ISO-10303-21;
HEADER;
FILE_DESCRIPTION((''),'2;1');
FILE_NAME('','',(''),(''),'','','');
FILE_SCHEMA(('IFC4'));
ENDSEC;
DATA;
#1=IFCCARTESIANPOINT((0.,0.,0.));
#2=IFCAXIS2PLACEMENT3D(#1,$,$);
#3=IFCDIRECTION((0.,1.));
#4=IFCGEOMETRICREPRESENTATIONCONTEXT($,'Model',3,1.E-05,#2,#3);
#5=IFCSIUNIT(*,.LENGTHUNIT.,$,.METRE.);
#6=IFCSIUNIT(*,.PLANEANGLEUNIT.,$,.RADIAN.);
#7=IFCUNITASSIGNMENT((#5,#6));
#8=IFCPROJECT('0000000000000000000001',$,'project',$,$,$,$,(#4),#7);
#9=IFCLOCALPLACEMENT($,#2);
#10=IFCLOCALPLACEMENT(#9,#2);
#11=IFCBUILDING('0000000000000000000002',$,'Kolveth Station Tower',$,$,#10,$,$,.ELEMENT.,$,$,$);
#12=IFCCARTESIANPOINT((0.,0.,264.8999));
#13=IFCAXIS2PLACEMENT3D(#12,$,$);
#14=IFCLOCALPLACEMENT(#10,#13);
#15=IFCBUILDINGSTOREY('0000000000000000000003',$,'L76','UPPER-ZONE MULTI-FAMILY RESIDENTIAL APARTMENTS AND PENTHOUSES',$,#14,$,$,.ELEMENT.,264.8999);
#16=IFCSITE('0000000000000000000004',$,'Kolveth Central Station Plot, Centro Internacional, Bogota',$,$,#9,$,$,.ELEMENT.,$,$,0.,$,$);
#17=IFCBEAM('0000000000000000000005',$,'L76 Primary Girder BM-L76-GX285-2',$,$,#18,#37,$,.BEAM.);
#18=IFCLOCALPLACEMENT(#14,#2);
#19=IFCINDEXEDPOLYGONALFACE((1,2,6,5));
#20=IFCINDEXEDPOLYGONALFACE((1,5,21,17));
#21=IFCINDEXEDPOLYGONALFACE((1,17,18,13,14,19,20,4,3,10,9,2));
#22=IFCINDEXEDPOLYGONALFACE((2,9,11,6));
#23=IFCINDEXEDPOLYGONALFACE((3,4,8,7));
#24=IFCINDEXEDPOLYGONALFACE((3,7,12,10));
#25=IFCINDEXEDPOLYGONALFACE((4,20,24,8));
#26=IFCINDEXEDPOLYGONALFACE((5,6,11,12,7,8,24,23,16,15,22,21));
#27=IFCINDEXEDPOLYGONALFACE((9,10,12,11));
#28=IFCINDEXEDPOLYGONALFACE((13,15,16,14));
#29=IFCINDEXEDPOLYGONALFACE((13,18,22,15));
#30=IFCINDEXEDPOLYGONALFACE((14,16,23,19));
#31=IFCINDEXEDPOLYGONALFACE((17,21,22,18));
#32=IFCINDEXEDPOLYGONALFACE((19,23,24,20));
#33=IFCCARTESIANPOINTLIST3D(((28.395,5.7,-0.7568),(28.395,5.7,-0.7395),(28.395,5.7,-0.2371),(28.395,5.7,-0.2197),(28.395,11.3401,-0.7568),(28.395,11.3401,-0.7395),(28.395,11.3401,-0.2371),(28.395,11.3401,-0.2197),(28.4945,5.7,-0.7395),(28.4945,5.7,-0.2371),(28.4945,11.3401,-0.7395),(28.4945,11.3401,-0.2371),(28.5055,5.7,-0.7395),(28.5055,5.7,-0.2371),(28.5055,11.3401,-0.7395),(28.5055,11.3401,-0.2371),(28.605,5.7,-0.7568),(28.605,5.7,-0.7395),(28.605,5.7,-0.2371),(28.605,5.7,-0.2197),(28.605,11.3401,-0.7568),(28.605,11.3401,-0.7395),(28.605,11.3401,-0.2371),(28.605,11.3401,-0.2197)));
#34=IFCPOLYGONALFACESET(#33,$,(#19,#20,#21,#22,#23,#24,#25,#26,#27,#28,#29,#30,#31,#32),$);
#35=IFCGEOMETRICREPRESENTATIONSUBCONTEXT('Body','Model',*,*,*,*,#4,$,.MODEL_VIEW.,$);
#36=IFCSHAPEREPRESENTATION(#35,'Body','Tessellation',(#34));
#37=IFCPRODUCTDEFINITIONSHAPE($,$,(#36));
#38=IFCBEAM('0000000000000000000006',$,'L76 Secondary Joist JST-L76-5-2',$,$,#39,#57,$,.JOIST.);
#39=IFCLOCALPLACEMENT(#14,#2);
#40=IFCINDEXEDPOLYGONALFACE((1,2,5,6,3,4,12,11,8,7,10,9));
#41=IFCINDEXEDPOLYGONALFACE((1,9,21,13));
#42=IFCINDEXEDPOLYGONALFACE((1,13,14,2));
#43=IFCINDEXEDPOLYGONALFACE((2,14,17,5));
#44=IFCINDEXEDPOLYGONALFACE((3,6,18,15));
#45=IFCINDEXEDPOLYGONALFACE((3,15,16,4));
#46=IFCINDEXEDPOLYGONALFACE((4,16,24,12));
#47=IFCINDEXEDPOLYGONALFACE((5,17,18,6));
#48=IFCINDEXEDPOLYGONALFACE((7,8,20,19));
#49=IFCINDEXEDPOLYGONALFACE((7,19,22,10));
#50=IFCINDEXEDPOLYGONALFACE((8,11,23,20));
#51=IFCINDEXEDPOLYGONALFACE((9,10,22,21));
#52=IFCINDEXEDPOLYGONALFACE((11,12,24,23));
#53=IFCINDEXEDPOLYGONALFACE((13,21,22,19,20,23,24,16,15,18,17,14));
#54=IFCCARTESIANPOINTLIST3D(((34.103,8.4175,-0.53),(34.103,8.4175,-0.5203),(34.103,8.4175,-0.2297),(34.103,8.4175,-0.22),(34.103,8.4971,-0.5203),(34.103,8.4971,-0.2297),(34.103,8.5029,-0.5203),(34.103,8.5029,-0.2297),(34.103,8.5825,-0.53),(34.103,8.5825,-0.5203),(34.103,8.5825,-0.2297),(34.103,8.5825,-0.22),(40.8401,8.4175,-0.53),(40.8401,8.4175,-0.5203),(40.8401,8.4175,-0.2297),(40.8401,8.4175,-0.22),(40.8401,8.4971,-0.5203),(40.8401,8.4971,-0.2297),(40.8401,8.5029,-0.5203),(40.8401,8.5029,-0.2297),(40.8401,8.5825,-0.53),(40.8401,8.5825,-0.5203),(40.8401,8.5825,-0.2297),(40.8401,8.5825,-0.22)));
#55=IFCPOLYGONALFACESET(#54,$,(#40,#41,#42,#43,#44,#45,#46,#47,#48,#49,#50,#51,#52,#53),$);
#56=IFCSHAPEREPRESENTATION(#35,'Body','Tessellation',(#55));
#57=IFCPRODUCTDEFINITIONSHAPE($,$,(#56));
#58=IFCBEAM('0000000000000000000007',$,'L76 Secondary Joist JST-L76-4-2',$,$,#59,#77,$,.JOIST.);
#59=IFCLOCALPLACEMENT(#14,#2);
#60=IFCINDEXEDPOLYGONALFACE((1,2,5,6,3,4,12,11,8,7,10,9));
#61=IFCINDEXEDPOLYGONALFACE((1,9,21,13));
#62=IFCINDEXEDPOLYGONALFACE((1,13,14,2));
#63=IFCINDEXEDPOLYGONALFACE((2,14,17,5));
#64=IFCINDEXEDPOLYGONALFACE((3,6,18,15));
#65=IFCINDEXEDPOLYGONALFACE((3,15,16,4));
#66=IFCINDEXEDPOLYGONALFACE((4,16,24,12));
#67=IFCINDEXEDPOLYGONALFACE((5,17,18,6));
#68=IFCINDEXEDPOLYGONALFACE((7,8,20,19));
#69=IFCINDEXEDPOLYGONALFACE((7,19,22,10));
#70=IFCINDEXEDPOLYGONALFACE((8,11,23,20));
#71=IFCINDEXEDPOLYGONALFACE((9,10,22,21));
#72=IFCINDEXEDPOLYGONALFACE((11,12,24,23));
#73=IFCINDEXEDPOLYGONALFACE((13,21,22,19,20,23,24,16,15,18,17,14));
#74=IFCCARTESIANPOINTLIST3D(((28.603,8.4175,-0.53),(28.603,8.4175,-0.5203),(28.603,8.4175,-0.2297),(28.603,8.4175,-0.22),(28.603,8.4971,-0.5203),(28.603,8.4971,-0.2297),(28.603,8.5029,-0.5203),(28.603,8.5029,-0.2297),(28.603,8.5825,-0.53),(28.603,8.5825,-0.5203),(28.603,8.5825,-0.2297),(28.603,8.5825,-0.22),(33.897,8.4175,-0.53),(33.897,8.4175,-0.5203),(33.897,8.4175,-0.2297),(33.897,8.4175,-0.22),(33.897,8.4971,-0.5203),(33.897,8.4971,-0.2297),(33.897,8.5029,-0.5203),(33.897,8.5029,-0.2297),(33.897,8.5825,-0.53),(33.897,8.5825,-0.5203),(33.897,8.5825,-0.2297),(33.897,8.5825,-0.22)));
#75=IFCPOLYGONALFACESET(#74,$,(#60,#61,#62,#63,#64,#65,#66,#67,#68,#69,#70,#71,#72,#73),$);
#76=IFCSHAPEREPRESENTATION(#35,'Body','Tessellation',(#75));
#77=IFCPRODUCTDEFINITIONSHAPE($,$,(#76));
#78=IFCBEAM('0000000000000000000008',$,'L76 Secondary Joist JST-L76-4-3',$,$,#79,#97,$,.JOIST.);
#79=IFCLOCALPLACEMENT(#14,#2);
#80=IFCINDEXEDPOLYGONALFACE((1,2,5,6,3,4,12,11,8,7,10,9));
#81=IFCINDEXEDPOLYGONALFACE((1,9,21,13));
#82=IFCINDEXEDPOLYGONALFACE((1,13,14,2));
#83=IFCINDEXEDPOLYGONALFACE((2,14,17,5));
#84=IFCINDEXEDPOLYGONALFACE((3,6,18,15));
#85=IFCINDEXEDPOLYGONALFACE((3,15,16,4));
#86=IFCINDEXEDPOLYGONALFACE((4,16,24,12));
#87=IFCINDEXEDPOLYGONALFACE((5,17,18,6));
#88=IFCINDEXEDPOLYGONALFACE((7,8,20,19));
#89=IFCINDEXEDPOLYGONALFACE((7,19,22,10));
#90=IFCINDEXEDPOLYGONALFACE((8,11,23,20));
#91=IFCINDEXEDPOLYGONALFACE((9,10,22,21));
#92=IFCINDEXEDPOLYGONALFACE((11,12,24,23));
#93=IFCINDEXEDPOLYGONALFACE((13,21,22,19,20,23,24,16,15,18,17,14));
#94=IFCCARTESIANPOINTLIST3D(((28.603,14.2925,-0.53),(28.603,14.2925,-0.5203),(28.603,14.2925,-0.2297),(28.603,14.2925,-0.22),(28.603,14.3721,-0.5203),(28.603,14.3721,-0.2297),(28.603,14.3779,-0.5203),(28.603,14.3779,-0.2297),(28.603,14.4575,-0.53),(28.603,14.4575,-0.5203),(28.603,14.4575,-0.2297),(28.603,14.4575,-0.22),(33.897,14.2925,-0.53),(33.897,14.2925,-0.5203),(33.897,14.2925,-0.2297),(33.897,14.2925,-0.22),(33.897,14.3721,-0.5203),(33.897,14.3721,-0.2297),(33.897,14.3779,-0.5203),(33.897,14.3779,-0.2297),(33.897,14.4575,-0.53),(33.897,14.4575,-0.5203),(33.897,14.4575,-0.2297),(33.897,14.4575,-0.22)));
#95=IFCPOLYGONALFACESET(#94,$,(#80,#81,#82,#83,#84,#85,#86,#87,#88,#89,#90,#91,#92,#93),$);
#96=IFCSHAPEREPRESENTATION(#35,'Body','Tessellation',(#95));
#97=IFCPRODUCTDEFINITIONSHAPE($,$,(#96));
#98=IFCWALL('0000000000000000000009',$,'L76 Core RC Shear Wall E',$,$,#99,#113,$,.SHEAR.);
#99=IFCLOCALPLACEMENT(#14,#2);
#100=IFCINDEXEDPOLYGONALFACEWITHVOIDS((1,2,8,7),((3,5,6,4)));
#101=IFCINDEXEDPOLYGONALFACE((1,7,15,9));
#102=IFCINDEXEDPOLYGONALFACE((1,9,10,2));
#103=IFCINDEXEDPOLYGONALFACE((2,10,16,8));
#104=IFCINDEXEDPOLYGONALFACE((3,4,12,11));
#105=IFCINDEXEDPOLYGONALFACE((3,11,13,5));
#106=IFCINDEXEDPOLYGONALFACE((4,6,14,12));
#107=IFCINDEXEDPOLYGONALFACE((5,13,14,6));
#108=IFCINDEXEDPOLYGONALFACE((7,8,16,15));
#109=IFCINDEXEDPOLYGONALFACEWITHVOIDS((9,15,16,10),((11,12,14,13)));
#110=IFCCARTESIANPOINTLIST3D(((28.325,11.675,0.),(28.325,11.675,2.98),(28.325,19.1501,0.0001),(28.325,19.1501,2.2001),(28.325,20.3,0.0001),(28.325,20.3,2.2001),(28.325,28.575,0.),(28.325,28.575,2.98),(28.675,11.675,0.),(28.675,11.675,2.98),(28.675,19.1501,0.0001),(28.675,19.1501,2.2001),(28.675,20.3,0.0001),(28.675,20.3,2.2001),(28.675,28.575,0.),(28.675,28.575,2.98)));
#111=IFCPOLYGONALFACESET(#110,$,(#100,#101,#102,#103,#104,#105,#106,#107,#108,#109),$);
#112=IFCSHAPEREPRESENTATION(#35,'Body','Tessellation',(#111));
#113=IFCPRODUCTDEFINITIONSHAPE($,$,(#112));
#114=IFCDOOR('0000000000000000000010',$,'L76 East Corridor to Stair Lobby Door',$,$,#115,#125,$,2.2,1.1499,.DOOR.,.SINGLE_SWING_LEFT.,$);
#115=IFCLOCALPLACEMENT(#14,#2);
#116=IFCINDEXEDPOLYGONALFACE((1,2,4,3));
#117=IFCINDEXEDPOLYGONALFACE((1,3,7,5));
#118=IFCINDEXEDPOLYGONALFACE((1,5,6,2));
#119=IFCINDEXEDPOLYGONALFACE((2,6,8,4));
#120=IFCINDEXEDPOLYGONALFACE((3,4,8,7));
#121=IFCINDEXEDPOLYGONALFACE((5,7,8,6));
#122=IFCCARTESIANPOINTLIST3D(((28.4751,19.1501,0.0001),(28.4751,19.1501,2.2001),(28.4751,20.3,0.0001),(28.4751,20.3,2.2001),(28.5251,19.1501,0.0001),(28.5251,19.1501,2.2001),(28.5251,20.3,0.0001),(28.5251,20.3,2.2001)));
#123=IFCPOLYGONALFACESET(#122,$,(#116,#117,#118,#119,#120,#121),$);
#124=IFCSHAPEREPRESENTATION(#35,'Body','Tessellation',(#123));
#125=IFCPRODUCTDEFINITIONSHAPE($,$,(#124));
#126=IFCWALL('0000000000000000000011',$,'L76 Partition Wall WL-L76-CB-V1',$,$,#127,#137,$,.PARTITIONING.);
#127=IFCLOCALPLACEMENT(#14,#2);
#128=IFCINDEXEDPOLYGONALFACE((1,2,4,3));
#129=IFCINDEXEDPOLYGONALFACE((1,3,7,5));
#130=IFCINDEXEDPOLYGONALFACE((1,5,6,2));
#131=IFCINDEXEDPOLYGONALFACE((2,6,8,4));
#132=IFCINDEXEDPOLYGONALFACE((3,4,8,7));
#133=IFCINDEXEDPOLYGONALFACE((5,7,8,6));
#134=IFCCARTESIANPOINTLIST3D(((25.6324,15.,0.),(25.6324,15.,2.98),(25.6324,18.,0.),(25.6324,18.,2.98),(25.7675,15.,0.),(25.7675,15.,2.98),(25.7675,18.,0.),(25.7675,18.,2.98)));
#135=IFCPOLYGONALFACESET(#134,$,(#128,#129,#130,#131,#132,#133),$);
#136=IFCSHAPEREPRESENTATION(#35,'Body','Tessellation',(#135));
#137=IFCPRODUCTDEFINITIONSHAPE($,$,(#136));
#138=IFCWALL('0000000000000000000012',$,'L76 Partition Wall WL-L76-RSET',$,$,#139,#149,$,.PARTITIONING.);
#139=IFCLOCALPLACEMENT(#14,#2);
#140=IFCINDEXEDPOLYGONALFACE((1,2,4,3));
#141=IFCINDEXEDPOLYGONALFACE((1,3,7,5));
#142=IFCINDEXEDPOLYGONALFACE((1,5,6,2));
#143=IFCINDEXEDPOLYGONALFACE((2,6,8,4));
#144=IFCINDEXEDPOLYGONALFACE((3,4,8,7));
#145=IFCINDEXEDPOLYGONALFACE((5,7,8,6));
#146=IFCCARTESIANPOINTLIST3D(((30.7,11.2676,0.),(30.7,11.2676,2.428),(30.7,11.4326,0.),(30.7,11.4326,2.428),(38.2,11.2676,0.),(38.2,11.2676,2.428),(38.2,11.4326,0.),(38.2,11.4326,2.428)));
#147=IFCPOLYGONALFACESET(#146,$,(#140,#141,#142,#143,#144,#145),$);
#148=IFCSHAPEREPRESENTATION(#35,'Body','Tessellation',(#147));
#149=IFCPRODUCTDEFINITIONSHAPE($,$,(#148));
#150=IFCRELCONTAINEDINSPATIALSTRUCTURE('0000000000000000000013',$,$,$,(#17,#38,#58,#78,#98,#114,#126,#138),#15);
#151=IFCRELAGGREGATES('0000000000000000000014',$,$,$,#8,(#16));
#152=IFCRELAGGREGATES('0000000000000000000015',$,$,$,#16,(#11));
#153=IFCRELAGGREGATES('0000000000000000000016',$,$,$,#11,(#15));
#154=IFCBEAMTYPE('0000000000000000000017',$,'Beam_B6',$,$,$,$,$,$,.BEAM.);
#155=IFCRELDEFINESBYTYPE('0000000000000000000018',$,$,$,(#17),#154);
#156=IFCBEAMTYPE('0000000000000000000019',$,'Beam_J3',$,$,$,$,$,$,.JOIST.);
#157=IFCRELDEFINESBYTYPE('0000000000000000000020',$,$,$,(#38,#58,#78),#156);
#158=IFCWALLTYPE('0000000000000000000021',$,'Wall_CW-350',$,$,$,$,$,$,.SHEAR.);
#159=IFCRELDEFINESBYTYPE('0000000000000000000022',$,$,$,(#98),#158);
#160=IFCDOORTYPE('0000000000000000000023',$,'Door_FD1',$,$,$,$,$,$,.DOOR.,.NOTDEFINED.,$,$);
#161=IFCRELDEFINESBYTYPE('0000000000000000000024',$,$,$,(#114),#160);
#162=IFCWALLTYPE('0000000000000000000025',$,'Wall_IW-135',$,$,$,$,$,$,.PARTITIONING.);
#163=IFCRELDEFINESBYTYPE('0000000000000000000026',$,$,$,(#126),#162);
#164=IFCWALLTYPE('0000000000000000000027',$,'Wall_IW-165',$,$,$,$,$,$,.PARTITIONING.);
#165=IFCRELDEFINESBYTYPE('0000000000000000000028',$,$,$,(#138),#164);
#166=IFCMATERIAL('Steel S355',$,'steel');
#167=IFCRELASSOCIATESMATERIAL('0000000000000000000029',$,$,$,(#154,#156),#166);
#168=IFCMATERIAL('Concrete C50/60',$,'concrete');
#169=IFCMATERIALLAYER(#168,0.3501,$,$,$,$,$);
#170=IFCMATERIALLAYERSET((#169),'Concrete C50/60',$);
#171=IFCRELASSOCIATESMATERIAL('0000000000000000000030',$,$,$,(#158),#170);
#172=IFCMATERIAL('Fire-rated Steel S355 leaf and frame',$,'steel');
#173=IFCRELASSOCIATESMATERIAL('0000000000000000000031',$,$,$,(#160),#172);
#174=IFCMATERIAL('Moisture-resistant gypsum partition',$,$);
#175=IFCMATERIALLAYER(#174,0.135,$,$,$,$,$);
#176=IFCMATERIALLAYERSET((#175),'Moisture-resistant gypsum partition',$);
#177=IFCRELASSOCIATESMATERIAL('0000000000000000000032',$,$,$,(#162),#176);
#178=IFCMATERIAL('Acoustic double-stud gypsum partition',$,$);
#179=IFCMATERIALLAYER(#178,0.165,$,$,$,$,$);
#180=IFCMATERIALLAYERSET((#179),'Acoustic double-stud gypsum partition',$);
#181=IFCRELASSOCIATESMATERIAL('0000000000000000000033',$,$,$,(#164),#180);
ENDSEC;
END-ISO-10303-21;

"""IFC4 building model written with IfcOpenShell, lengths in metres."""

from ifc_helpers import new_model, si_unit, direction, frame, frame_2d, origin, origin_2d, place, context, subcontext, project, spatial, rectangle, i_section, extrude, source, transform, mapped, material, layer, layer_set, material_profile, profile_set, type_object, element, fill, save


model = new_model("IFC4")

# Units and contexts
model_context = context("Model", 3, precision=1e-05, world=origin(), true_north=direction((0.0, 1.0)))
body_context = subcontext(model_context, "Body", "Model", "MODEL_VIEW")
ifc_project = project(units=[si_unit("LENGTHUNIT", "METRE"), si_unit("PLANEANGLEUNIT", "RADIAN")], contexts=[model_context])

# Site, building, storey
site_placement = place(None, origin())
site = spatial("IfcSite", under=ifc_project, at=site_placement, Name="Kolveth Central Station Plot, Centro Internacional, Bogota", CompositionType="ELEMENT", RefElevation=0.0)
building_placement = place(site_placement, origin())
building = spatial("IfcBuilding", under=site, at=building_placement, Name="Kolveth Station Tower", CompositionType="ELEMENT")
storey_placement = place(building_placement, frame((0.0, 0.0, 264.8999)))
storey = spatial("IfcBuildingStorey", under=building, at=storey_placement, Name="L76", Description="UPPER-ZONE MULTI-FAMILY RESIDENTIAL APARTMENTS AND PENTHOUSES", CompositionType="ELEMENT", Elevation=264.8999)

# Shared definitions
ifc_material_1 = material(Name="Steel S355", Category="steel")

# Beams
ifc_material_profile_1 = material_profile(ifc_material_1, i_section(OverallWidth=0.21, OverallDepth=0.5371, WebThickness=0.011, FlangeThickness=0.0173, at=origin_2d()), Name="W530x101")
ifc_profile_set_1 = profile_set([ifc_material_profile_1], Name="Steel S355")
beam_type_1 = type_object("IfcBeamType", Name="Beam_B6", PredefinedType="BEAM", material=ifc_profile_set_1)
shared_shape_1 = source(origin(), body_context, "Body", "SweptSolid", [
    extrude(i_section(OverallWidth=0.21, OverallDepth=0.5371, WebThickness=0.011, FlangeThickness=0.0173, at=origin_2d()), origin(), (0.0, 0.0, 1.0), 5.6401),
])
beam_1_placement = place(storey_placement, frame((28.5, 5.7, -0.4883), z_axis=(0.0, 1.0, 0.0), x_axis=(-1.0, 0.0, 0.0)))
element("IfcBeam", 1, at=beam_1_placement, inside=storey, type_object=beam_type_1, Name="L76 Primary Girder BM-L76-GX285-2", PredefinedType="BEAM", context=body_context, shape_type="MappedRepresentation", body=[
    mapped(shared_shape_1, transform((0.0, 0.0, 0.0), x_axis=(1.0, 0.0, 0.0), y_axis=(0.0, 1.0, 0.0), z_axis=(0.0, 0.0, 1.0), scale=1.0)),
])
ifc_material_profile_2 = material_profile(ifc_material_1, i_section(OverallWidth=0.165, OverallDepth=0.3101, WebThickness=0.0059, FlangeThickness=0.0098, at=origin_2d()), Name="W310x39")
ifc_profile_set_2 = profile_set([ifc_material_profile_2], Name="Steel S355")
beam_type_2 = type_object("IfcBeamType", Name="Beam_J3", PredefinedType="JOIST", material=ifc_profile_set_2)
shared_shape_2 = source(origin(), body_context, "Body", "SweptSolid", [
    extrude(i_section(OverallWidth=0.165, OverallDepth=0.3101, WebThickness=0.0059, FlangeThickness=0.0098, at=origin_2d()), origin(), (0.0, 0.0, 1.0), 6.7371),
])
beam_2_placement = place(storey_placement, frame((34.103, 8.5, -0.375), z_axis=(1.0, 0.0, 0.0), x_axis=(0.0, 1.0, 0.0)))
element("IfcBeam", 2, at=beam_2_placement, inside=storey, type_object=beam_type_2, Name="L76 Secondary Joist JST-L76-5-2", PredefinedType="JOIST", context=body_context, shape_type="MappedRepresentation", body=[
    mapped(shared_shape_2, transform((0.0, 0.0, 0.0), x_axis=(1.0, 0.0, 0.0), y_axis=(0.0, 1.0, 0.0), z_axis=(0.0, 0.0, 1.0), scale=1.0)),
])
shared_shape_3 = source(origin(), body_context, "Body", "SweptSolid", [
    extrude(i_section(OverallWidth=0.165, OverallDepth=0.3101, WebThickness=0.0059, FlangeThickness=0.0098, at=origin_2d()), origin(), (0.0, 0.0, 1.0), 5.2939),
])
for number, where, z_axis, x_axis, name in (
    (3, (28.603, 8.5, -0.375), (1.0, 0.0, 0.0), (0.0, 1.0, 0.0), "L76 Secondary Joist JST-L76-4-2"),
    (4, (28.603, 14.375, -0.375), (1.0, 0.0, 0.0), (0.0, 1.0, 0.0), "L76 Secondary Joist JST-L76-4-3"),
):
    element("IfcBeam", number, at=place(storey_placement, frame(where, z_axis=z_axis, x_axis=x_axis)), inside=storey, type_object=beam_type_2, Name=name, PredefinedType="JOIST", context=body_context, shape_type="MappedRepresentation", body=[
        mapped(shared_shape_3, transform((0.0, 0.0, 0.0), x_axis=(1.0, 0.0, 0.0), y_axis=(0.0, 1.0, 0.0), z_axis=(0.0, 0.0, 1.0), scale=1.0)),
    ])

# Wall, opening, door
ifc_material_2 = material(Name="Concrete C50/60", Category="concrete")
ifc_layer_1 = layer(ifc_material_2, 0.3501)
ifc_layer_set_1 = layer_set([ifc_layer_1], Name="Concrete C50/60")
wall_type_1 = type_object("IfcWallType", Name="Wall_CW-350", PredefinedType="SHEAR", material=ifc_layer_set_1)
wall_1_placement = place(storey_placement, frame((28.5, 11.675, 0.0), z_axis=(0.0, 0.0, 1.0), x_axis=(0.0, 1.0, 0.0)))
wall_1 = element("IfcWall", 5, at=wall_1_placement, inside=storey, type_object=wall_type_1, Name="L76 Core RC Shear Wall E", PredefinedType="SHEAR", context=body_context, shape_type="SweptSolid", body=[
    extrude(rectangle(XDim=16.8999, YDim=0.3501, at=frame_2d((8.45, 0.0))), origin(), (0.0, 0.0, 1.0), 2.98),
])
opening_1_placement = place(wall_1_placement, frame((7.4751, 0.0, 0.0)))
opening_1 = element("IfcOpeningElement", 6, at=opening_1_placement, cuts=wall_1, PredefinedType="OPENING", context=body_context, shape_type="SweptSolid", body=[
    extrude(rectangle(XDim=1.1499, YDim=2.2, at=frame_2d((0.575, 1.1001))), frame((0.0, 0.1851, 0.0), z_axis=(0.0, -1.0, 0.0), x_axis=(1.0, 0.0, 0.0)), (0.0, 0.0, 1.0), 0.3701),
])
ifc_material_3 = material(Name="Fire-rated Steel S355 leaf and frame", Category="steel")
door_type_1 = type_object("IfcDoorType", Name="Door_FD1", OperationType="NOTDEFINED", PredefinedType="DOOR", material=ifc_material_3)
door_1_placement = place(opening_1_placement, origin())
door_1 = element("IfcDoor", 7, at=door_1_placement, inside=storey, type_object=door_type_1, Name="L76 East Corridor to Stair Lobby Door", OperationType="SINGLE_SWING_LEFT", OverallHeight=2.2, OverallWidth=1.1499, PredefinedType="DOOR", context=body_context, shape_type="SweptSolid", body=[
    extrude(rectangle(XDim=1.1499, YDim=2.2, at=frame_2d((0.575, 1.1001))), frame((0.0, 0.0249, 0.0), z_axis=(0.0, -1.0, 0.0), x_axis=(1.0, 0.0, 0.0)), (0.0, 0.0, 1.0), 0.05),
])
fill(opening_1, door_1)

# Walls
ifc_material_4 = material(Name="Moisture-resistant gypsum partition")
ifc_layer_2 = layer(ifc_material_4, 0.135)
ifc_layer_set_2 = layer_set([ifc_layer_2], Name="Moisture-resistant gypsum partition")
wall_type_2 = type_object("IfcWallType", Name="Wall_IW-135", PredefinedType="PARTITIONING", material=ifc_layer_set_2)
wall_2_placement = place(storey_placement, frame((25.7, 15.0, 0.0), z_axis=(0.0, 0.0, 1.0), x_axis=(0.0, 1.0, 0.0)))
element("IfcWall", 8, at=wall_2_placement, inside=storey, type_object=wall_type_2, Name="L76 Partition Wall WL-L76-CB-V1", PredefinedType="PARTITIONING", context=body_context, shape_type="SweptSolid", body=[
    extrude(rectangle(XDim=3.0, YDim=0.135, at=frame_2d((1.5, 0.0))), origin(), (0.0, 0.0, 1.0), 2.98),
])
ifc_material_5 = material(Name="Acoustic double-stud gypsum partition")
ifc_layer_3 = layer(ifc_material_5, 0.165)
ifc_layer_set_3 = layer_set([ifc_layer_3], Name="Acoustic double-stud gypsum partition")
wall_type_3 = type_object("IfcWallType", Name="Wall_IW-165", PredefinedType="PARTITIONING", material=ifc_layer_set_3)
wall_3_placement = place(storey_placement, frame((30.7, 11.3501, 0.0), z_axis=(0.0, 0.0, 1.0), x_axis=(1.0, 0.0, 0.0)))
element("IfcWall", 9, at=wall_3_placement, inside=storey, type_object=wall_type_3, Name="L76 Partition Wall WL-L76-RSET", PredefinedType="PARTITIONING", context=body_context, shape_type="SweptSolid", body=[
    extrude(rectangle(XDim=7.5, YDim=0.165, at=frame_2d((3.75, 0.0))), origin(), (0.0, 0.0, 1.0), 2.428),
])

save(model, "model.ifc")
